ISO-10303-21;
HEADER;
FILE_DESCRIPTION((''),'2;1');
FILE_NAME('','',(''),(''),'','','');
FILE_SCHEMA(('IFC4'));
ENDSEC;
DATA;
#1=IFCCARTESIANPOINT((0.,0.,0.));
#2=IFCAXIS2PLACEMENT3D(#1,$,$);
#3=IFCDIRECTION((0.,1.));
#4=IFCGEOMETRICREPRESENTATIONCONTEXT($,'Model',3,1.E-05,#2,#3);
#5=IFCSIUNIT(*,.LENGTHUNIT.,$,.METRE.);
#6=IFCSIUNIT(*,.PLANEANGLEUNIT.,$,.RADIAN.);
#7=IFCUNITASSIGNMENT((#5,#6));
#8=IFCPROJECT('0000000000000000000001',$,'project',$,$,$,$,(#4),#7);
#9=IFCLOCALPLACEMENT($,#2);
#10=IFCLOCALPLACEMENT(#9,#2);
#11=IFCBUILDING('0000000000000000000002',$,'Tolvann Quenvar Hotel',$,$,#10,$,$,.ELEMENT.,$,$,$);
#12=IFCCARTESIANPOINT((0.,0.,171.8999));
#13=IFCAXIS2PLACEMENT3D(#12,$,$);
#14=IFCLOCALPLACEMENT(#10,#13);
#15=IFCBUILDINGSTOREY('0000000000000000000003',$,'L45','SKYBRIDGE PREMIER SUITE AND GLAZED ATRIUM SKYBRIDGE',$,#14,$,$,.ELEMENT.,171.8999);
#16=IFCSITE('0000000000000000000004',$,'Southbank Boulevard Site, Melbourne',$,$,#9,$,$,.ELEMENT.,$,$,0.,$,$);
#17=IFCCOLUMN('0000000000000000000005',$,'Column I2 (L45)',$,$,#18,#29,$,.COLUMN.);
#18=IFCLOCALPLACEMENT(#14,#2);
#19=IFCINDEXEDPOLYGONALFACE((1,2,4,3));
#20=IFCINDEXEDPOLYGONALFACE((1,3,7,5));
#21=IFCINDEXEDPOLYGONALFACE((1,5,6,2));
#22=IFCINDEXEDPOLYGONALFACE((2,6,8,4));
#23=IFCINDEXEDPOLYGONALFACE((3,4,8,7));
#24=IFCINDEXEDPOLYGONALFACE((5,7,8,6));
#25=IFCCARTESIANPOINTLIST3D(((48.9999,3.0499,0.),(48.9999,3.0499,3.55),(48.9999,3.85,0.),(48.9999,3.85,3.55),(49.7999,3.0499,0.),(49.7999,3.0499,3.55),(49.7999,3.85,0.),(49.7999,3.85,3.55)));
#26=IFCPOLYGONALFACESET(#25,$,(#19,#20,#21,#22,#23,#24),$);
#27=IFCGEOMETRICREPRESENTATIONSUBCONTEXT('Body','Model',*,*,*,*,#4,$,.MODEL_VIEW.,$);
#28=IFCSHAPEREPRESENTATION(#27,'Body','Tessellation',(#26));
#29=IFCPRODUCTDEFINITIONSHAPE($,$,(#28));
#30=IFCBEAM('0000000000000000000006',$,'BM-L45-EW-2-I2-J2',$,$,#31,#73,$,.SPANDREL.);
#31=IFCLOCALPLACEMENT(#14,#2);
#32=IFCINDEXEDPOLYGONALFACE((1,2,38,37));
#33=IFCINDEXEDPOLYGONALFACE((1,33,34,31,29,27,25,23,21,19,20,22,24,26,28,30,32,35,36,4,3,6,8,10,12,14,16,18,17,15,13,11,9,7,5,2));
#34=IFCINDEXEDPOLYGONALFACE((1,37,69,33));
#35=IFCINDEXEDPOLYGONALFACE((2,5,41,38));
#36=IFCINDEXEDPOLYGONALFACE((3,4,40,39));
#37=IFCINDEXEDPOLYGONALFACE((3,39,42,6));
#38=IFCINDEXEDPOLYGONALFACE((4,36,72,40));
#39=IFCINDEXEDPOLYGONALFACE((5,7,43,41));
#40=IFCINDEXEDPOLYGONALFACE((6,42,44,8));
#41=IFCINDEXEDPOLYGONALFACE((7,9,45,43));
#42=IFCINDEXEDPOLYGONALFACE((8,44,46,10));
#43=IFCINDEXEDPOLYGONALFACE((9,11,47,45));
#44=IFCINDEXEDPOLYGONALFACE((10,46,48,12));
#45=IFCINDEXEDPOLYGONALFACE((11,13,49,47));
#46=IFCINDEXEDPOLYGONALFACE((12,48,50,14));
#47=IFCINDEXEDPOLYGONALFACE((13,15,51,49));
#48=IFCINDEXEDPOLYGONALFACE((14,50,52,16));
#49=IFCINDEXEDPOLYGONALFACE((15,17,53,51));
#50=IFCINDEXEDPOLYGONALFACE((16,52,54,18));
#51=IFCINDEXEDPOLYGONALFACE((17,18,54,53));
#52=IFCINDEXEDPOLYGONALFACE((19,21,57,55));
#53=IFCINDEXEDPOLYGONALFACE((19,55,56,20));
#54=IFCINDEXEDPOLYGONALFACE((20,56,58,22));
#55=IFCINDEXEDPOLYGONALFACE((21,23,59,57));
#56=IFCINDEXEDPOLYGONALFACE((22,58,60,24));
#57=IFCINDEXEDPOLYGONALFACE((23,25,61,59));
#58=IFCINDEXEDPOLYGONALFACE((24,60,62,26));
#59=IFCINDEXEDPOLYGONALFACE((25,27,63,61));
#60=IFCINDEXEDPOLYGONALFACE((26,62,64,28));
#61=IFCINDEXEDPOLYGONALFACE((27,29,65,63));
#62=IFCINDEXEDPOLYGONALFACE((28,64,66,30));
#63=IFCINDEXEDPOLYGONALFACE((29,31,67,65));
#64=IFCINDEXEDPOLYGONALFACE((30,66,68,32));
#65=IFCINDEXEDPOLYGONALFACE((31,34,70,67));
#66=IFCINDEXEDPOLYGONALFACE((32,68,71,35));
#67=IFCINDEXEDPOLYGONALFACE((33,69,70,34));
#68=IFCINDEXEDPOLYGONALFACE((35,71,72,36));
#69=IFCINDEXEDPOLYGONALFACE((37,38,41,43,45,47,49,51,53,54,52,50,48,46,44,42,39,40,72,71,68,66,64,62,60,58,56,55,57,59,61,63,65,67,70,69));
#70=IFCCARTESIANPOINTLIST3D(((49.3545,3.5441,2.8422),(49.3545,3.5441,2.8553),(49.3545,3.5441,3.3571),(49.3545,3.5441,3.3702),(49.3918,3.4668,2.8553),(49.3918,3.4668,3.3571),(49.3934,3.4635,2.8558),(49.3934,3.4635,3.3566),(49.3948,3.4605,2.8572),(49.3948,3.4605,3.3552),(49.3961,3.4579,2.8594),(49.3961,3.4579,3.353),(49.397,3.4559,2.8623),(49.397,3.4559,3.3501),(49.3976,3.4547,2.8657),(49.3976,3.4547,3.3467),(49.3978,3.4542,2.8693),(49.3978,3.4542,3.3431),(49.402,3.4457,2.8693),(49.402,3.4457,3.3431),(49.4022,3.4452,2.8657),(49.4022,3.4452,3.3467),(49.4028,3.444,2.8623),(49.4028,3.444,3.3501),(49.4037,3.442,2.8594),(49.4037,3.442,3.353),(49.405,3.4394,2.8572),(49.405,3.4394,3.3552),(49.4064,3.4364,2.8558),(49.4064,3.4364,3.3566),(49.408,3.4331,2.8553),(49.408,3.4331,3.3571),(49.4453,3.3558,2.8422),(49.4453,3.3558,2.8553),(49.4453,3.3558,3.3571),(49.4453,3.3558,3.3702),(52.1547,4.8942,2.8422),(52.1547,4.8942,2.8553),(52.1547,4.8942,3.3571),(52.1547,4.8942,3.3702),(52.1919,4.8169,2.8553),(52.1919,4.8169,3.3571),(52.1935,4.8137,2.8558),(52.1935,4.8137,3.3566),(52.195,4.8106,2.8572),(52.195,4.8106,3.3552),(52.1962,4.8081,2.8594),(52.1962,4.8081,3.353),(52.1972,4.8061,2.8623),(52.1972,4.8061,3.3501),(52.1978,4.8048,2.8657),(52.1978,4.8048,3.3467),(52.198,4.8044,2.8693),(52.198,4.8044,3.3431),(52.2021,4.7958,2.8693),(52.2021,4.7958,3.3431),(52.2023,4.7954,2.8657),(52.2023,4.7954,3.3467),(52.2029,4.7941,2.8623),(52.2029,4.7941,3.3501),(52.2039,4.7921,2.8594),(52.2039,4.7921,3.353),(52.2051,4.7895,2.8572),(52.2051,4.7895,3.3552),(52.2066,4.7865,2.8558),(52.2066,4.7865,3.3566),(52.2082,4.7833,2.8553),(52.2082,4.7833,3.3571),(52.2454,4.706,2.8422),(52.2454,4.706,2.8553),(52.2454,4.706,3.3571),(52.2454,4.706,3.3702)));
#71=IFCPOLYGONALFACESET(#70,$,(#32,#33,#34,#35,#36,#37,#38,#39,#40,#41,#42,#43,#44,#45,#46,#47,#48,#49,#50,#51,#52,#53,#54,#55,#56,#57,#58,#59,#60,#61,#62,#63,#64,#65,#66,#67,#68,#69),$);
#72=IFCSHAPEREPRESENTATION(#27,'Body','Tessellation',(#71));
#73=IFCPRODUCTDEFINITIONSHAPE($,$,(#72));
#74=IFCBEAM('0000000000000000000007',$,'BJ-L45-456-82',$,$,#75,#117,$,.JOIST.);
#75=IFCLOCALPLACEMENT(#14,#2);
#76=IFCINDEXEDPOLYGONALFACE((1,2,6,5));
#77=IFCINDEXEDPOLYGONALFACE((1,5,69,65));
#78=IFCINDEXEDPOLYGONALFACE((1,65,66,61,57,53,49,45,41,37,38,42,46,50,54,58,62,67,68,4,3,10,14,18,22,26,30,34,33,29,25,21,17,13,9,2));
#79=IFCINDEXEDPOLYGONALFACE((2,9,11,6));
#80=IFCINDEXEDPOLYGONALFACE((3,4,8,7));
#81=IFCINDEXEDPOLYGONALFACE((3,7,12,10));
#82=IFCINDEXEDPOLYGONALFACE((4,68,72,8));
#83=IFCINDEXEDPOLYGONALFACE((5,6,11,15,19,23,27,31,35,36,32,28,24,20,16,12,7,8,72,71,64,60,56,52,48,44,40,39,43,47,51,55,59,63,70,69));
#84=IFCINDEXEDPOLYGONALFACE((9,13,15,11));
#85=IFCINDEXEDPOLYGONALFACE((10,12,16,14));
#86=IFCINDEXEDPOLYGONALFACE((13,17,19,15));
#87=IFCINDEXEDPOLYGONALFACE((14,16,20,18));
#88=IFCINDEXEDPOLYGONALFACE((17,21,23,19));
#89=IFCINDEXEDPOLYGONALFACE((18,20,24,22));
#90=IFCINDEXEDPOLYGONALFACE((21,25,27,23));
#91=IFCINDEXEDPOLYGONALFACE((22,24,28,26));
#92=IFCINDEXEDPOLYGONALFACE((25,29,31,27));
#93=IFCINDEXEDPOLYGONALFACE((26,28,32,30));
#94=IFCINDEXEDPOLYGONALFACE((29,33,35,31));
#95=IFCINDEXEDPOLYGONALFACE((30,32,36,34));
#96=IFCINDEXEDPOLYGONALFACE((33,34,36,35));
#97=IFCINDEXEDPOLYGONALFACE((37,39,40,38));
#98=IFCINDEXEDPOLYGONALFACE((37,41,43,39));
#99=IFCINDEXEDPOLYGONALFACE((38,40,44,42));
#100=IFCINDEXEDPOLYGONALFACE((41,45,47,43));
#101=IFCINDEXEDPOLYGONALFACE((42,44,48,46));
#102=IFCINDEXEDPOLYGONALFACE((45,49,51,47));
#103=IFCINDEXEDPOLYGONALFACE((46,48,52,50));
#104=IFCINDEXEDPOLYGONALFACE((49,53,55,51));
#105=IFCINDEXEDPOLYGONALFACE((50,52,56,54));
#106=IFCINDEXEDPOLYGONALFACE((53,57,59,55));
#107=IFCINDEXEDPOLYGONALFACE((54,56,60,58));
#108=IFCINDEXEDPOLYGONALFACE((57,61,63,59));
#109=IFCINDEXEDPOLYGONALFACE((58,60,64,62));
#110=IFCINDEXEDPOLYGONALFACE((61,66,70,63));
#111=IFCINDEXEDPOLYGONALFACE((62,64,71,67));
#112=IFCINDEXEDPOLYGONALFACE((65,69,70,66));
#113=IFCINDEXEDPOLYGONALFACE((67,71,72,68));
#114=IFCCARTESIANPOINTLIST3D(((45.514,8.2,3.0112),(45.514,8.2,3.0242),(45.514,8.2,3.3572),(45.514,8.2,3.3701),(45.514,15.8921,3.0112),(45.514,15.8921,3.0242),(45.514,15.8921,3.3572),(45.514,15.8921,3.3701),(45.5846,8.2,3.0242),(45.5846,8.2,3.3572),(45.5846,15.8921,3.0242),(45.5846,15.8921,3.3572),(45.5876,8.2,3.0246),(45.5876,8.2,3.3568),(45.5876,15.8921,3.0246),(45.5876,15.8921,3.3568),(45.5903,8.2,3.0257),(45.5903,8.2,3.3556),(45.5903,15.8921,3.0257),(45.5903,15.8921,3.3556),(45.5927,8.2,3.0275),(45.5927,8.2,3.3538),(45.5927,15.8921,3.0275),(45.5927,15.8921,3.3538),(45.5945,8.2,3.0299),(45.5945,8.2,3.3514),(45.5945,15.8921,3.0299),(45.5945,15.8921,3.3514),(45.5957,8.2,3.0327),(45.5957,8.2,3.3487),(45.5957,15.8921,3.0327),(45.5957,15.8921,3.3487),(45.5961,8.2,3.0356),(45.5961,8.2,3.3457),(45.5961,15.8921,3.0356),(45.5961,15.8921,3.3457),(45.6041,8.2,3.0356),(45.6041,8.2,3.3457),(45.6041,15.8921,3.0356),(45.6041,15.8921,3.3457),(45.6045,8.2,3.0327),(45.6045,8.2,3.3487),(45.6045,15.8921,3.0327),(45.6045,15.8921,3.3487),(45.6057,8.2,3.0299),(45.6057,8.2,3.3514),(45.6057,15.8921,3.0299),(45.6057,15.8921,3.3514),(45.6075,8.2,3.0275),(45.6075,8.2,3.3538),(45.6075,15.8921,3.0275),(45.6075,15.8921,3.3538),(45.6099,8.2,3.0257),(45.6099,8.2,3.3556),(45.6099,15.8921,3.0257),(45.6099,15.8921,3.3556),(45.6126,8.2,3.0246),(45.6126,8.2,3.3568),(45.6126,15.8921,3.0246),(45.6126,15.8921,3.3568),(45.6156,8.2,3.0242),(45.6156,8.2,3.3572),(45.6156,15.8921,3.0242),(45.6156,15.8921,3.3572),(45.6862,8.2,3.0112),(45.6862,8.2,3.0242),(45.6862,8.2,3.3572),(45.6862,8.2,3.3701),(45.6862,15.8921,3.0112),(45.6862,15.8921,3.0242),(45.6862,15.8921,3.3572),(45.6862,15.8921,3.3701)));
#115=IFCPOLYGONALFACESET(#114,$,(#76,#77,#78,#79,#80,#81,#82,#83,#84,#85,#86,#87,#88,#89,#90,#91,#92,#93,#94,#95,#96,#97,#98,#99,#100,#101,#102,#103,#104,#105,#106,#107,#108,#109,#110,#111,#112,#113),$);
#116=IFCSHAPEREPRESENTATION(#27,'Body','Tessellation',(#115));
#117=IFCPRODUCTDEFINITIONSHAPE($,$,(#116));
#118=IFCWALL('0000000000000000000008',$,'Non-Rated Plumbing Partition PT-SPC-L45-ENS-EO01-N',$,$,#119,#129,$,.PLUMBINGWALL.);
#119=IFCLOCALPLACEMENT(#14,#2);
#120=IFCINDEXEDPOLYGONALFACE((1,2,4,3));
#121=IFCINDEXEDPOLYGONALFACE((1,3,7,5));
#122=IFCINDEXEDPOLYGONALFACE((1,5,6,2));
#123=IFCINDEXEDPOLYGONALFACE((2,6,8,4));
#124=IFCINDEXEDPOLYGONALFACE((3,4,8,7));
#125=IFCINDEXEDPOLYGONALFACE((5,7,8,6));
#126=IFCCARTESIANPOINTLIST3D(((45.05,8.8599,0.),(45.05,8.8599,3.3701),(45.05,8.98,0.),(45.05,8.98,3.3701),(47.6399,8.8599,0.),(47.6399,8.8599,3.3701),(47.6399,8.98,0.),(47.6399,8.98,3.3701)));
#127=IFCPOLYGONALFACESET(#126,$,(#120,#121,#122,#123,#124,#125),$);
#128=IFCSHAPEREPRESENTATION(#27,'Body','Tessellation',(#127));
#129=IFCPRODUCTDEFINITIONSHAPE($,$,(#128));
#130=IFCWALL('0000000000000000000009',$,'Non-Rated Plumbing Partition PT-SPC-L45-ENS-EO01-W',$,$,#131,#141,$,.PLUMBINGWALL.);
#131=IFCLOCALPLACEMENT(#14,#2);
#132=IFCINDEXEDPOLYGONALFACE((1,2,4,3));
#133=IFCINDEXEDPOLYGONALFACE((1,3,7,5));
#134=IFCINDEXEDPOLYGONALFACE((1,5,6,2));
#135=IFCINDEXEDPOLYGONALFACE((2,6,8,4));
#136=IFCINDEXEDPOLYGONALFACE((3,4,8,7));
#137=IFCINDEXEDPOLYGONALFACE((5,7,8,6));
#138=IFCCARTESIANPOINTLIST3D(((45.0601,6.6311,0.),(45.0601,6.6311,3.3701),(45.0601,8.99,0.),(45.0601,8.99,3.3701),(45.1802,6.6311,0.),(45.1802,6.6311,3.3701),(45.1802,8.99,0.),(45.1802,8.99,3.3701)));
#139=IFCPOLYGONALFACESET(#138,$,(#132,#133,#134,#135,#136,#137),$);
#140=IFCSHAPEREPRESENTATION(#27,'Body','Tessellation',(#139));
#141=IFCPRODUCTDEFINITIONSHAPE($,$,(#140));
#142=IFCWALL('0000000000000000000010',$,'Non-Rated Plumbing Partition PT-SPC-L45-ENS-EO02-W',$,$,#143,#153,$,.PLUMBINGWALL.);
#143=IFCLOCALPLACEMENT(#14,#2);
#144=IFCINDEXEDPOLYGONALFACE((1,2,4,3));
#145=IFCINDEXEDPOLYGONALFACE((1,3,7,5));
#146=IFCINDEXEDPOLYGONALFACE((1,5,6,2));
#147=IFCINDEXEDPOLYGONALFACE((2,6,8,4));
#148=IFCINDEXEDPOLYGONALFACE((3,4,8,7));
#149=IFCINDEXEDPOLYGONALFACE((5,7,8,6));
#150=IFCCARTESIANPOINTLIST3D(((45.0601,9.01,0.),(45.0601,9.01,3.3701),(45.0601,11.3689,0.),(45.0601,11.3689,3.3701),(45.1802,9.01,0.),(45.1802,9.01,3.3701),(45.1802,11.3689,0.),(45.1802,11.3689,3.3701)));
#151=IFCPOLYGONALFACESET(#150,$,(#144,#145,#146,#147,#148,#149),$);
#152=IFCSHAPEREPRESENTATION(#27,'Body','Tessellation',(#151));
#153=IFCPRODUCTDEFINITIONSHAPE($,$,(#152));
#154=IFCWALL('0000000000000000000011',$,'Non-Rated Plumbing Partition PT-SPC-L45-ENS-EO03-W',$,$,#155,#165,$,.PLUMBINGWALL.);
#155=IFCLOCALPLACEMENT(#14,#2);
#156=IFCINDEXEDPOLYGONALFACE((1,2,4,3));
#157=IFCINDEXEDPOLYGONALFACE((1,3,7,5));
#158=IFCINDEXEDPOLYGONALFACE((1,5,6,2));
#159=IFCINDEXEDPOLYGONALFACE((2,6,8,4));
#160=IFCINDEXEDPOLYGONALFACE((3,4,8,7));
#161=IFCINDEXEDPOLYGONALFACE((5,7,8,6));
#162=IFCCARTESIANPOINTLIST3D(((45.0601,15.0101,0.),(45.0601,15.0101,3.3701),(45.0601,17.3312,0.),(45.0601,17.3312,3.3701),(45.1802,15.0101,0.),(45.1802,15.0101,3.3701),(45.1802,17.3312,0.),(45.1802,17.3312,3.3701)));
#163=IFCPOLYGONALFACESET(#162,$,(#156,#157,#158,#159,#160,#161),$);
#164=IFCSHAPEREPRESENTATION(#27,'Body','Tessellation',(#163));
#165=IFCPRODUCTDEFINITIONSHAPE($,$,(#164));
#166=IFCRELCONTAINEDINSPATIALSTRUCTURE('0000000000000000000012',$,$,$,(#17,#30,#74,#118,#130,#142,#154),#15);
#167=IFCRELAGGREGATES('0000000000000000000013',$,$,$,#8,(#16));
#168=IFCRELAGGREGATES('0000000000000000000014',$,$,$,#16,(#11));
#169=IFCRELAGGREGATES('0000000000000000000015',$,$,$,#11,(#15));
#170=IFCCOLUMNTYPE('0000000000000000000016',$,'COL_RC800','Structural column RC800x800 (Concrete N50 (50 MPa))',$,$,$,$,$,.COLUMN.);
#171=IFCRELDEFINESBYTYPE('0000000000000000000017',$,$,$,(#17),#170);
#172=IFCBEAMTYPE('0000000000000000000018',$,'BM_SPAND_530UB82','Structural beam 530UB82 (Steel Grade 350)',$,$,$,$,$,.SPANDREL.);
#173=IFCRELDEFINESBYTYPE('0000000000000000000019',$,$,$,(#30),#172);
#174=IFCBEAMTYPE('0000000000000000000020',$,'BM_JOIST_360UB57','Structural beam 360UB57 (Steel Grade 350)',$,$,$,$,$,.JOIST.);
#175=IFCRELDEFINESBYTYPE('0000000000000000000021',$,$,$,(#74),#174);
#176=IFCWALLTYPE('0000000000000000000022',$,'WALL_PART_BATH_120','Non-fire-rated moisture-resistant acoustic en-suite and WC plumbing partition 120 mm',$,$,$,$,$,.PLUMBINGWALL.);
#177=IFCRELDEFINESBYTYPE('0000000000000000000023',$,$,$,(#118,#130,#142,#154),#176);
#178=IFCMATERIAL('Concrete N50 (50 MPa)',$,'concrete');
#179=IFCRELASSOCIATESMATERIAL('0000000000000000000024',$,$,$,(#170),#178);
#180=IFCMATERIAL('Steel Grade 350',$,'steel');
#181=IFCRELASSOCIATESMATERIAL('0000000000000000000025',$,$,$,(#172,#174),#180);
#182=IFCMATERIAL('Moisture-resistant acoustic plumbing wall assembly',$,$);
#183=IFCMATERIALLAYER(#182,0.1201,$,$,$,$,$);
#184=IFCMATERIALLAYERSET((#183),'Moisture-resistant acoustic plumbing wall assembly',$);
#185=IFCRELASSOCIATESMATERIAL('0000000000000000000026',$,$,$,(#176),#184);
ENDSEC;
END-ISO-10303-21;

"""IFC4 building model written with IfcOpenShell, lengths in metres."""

from ifc_helpers import new_model, si_unit, direction, frame, frame_2d, origin, origin_2d, place, context, subcontext, project, spatial, rectangle, i_section, extrude, source, transform, mapped, material, layer, layer_set, material_profile, profile_set, type_object, type_shapes, element, save


model = new_model("IFC4")

# Units and contexts
model_context = context("Model", 3, precision=1e-05, world=origin(), true_north=direction((0.0, 1.0)))
body_context = subcontext(model_context, "Body", "Model", "MODEL_VIEW")
ifc_project = project(units=[si_unit("LENGTHUNIT", "METRE"), si_unit("PLANEANGLEUNIT", "RADIAN")], contexts=[model_context])

# Site, building, storey
site_placement = place(None, origin())
site = spatial("IfcSite", under=ifc_project, at=site_placement, Name="Southbank Boulevard Site, Melbourne", CompositionType="ELEMENT", RefElevation=0.0)
building_placement = place(site_placement, origin())
building = spatial("IfcBuilding", under=site, at=building_placement, Name="Tolvann Quenvar Hotel", CompositionType="ELEMENT")
storey_placement = place(building_placement, frame((0.0, 0.0, 171.8999)))
storey = spatial("IfcBuildingStorey", under=building, at=storey_placement, Name="L45", Description="SKYBRIDGE PREMIER SUITE AND GLAZED ATRIUM SKYBRIDGE", CompositionType="ELEMENT", Elevation=171.8999)

# Column
ifc_material_1 = material(Name="Concrete N50 (50 MPa)", Category="concrete")
ifc_material_profile_1 = material_profile(ifc_material_1, rectangle(XDim=0.8, YDim=0.8, at=origin_2d()), Name="RC800x800")
ifc_profile_set_1 = profile_set([ifc_material_profile_1], Name="Concrete N50 (50 MPa)")
column_type = type_object("IfcColumnType", Name="COL_RC800", Description="Structural column RC800x800 (Concrete N50 (50 MPa))", PredefinedType="COLUMN", material=ifc_profile_set_1)
shared_shape_1 = source(origin(), body_context, "Body", "SweptSolid", [
    extrude(rectangle(XDim=0.8, YDim=0.8, at=origin_2d()), origin(), (0.0, 0.0, 1.0), 3.55),
])
type_shapes(column_type, [shared_shape_1])
column_placement = place(storey_placement, frame((49.3999, 3.45, 0.0), z_axis=(0.0, 0.0, 1.0), x_axis=(1.0, 0.0, 0.0)))
element("IfcColumn", 1, at=column_placement, inside=storey, type_object=column_type, Name="Column I2 (L45)", PredefinedType="COLUMN", context=body_context, shape_type="MappedRepresentation", body=[
    mapped(shared_shape_1, transform((0.0, 0.0, 0.0), x_axis=(1.0, 0.0, 0.0), y_axis=(0.0, 1.0, 0.0), z_axis=(0.0, 0.0, 1.0), scale=1.0)),
])

# Beams
ifc_material_2 = material(Name="Steel Grade 350", Category="steel")
ifc_material_profile_2 = material_profile(ifc_material_2, i_section(OverallWidth=0.209, OverallDepth=0.5281, WebThickness=0.0095, FlangeThickness=0.0132, FilletRadius=0.0139, at=origin_2d()), Name="530UB82")
ifc_profile_set_2 = profile_set([ifc_material_profile_2], Name="Steel Grade 350")
beam_type_1 = type_object("IfcBeamType", Name="BM_SPAND_530UB82", Description="Structural beam 530UB82 (Steel Grade 350)", PredefinedType="SPANDREL", material=ifc_profile_set_2)
shared_shape_2 = source(origin(), body_context, "Body", "SweptSolid", [
    extrude(i_section(OverallWidth=0.209, OverallDepth=0.5281, WebThickness=0.0095, FlangeThickness=0.0132, FilletRadius=0.0139, at=origin_2d()), origin(), (0.0, 0.0, 1.0), 3.1086),
])
type_shapes(beam_type_1, [shared_shape_2])
beam_1_placement = place(storey_placement, frame((49.3999, 3.45, 3.1062), z_axis=(0.900759, 0.434319, 0.0), x_axis=(-0.434319, 0.900759, 0.0)))
element("IfcBeam", 2, at=beam_1_placement, inside=storey, type_object=beam_type_1, Name="BM-L45-EW-2-I2-J2", PredefinedType="SPANDREL", context=body_context, shape_type="MappedRepresentation", body=[
    mapped(shared_shape_2, transform((0.0, 0.0, 0.0), x_axis=(1.0, 0.0, 0.0), y_axis=(0.0, 1.0, 0.0), z_axis=(0.0, 0.0, 1.0), scale=1.0)),
])
ifc_material_profile_3 = material_profile(ifc_material_2, i_section(OverallWidth=0.1721, OverallDepth=0.3589, WebThickness=0.0081, FlangeThickness=0.0129, FilletRadius=0.0115, at=origin_2d()), Name="360UB57")
ifc_profile_set_3 = profile_set([ifc_material_profile_3], Name="Steel Grade 350")
beam_type_2 = type_object("IfcBeamType", Name="BM_JOIST_360UB57", Description="Structural beam 360UB57 (Steel Grade 350)", PredefinedType="JOIST", material=ifc_profile_set_3)
shared_shape_3 = source(origin(), body_context, "Body", "SweptSolid", [
    extrude(i_section(OverallWidth=0.1721, OverallDepth=0.3589, WebThickness=0.0081, FlangeThickness=0.0129, FilletRadius=0.0115, at=origin_2d()), origin(), (0.0, 0.0, 1.0), 7.6921),
])
type_shapes(beam_type_2, [shared_shape_3])
beam_2_placement = place(storey_placement, frame((45.6001, 8.2, 3.1907), z_axis=(0.0, 1.0, 0.0), x_axis=(-1.0, 0.0, 0.0)))
element("IfcBeam", 3, at=beam_2_placement, inside=storey, type_object=beam_type_2, Name="BJ-L45-456-82", PredefinedType="JOIST", context=body_context, shape_type="MappedRepresentation", body=[
    mapped(shared_shape_3, transform((0.0, 0.0, 0.0), x_axis=(1.0, 0.0, 0.0), y_axis=(0.0, 1.0, 0.0), z_axis=(0.0, 0.0, 1.0), scale=1.0)),
])

# Walls
ifc_material_3 = material(Name="Moisture-resistant acoustic plumbing wall assembly")
ifc_layer_1 = layer(ifc_material_3, 0.1201)
ifc_layer_set_1 = layer_set([ifc_layer_1], Name="Moisture-resistant acoustic plumbing wall assembly")
wall_type_1 = type_object("IfcWallType", Name="WALL_PART_BATH_120", Description="Non-fire-rated moisture-resistant acoustic en-suite and WC plumbing partition 120 mm", PredefinedType="PLUMBINGWALL", material=ifc_layer_set_1)
wall_1_placement = place(storey_placement, frame((45.05, 8.9199, 0.0), z_axis=(0.0, 0.0, 1.0), x_axis=(1.0, 0.0, 0.0)))
element("IfcWall", 4, at=wall_1_placement, inside=storey, type_object=wall_type_1, Name="Non-Rated Plumbing Partition PT-SPC-L45-ENS-EO01-N", PredefinedType="PLUMBINGWALL", context=body_context, shape_type="SweptSolid", body=[
    extrude(rectangle(XDim=2.5898, YDim=0.1201, at=frame_2d((1.2949, 0.0))), origin(), (0.0, 0.0, 1.0), 3.3701),
])
for number, where, z_axis, x_axis, name in (
    (5, (45.1201, 6.6311, 0.0), (0.0, 0.0, 1.0), (0.0, 1.0, 0.0), "Non-Rated Plumbing Partition PT-SPC-L45-ENS-EO01-W"),
    (6, (45.1201, 9.01, 0.0), (0.0, 0.0, 1.0), (0.0, 1.0, 0.0), "Non-Rated Plumbing Partition PT-SPC-L45-ENS-EO02-W"),
):
    element("IfcWall", number, at=place(storey_placement, frame(where, z_axis=z_axis, x_axis=x_axis)), inside=storey, type_object=wall_type_1, Name=name, PredefinedType="PLUMBINGWALL", context=body_context, shape_type="SweptSolid", body=[
        extrude(rectangle(XDim=2.3589, YDim=0.1201, at=frame_2d((1.1794, 0.0))), origin(), (0.0, 0.0, 1.0), 3.3701),
    ])
wall_2_placement = place(storey_placement, frame((45.1201, 15.01, 0.0), z_axis=(0.0, 0.0, 1.0), x_axis=(0.0, 1.0, 0.0)))
element("IfcWall", 7, at=wall_2_placement, inside=storey, type_object=wall_type_1, Name="Non-Rated Plumbing Partition PT-SPC-L45-ENS-EO03-W", PredefinedType="PLUMBINGWALL", context=body_context, shape_type="SweptSolid", body=[
    extrude(rectangle(XDim=2.321, YDim=0.1201, at=frame_2d((1.1606, 0.0))), origin(), (0.0, 0.0, 1.0), 3.3701),
])

save(model, "model.ifc")
